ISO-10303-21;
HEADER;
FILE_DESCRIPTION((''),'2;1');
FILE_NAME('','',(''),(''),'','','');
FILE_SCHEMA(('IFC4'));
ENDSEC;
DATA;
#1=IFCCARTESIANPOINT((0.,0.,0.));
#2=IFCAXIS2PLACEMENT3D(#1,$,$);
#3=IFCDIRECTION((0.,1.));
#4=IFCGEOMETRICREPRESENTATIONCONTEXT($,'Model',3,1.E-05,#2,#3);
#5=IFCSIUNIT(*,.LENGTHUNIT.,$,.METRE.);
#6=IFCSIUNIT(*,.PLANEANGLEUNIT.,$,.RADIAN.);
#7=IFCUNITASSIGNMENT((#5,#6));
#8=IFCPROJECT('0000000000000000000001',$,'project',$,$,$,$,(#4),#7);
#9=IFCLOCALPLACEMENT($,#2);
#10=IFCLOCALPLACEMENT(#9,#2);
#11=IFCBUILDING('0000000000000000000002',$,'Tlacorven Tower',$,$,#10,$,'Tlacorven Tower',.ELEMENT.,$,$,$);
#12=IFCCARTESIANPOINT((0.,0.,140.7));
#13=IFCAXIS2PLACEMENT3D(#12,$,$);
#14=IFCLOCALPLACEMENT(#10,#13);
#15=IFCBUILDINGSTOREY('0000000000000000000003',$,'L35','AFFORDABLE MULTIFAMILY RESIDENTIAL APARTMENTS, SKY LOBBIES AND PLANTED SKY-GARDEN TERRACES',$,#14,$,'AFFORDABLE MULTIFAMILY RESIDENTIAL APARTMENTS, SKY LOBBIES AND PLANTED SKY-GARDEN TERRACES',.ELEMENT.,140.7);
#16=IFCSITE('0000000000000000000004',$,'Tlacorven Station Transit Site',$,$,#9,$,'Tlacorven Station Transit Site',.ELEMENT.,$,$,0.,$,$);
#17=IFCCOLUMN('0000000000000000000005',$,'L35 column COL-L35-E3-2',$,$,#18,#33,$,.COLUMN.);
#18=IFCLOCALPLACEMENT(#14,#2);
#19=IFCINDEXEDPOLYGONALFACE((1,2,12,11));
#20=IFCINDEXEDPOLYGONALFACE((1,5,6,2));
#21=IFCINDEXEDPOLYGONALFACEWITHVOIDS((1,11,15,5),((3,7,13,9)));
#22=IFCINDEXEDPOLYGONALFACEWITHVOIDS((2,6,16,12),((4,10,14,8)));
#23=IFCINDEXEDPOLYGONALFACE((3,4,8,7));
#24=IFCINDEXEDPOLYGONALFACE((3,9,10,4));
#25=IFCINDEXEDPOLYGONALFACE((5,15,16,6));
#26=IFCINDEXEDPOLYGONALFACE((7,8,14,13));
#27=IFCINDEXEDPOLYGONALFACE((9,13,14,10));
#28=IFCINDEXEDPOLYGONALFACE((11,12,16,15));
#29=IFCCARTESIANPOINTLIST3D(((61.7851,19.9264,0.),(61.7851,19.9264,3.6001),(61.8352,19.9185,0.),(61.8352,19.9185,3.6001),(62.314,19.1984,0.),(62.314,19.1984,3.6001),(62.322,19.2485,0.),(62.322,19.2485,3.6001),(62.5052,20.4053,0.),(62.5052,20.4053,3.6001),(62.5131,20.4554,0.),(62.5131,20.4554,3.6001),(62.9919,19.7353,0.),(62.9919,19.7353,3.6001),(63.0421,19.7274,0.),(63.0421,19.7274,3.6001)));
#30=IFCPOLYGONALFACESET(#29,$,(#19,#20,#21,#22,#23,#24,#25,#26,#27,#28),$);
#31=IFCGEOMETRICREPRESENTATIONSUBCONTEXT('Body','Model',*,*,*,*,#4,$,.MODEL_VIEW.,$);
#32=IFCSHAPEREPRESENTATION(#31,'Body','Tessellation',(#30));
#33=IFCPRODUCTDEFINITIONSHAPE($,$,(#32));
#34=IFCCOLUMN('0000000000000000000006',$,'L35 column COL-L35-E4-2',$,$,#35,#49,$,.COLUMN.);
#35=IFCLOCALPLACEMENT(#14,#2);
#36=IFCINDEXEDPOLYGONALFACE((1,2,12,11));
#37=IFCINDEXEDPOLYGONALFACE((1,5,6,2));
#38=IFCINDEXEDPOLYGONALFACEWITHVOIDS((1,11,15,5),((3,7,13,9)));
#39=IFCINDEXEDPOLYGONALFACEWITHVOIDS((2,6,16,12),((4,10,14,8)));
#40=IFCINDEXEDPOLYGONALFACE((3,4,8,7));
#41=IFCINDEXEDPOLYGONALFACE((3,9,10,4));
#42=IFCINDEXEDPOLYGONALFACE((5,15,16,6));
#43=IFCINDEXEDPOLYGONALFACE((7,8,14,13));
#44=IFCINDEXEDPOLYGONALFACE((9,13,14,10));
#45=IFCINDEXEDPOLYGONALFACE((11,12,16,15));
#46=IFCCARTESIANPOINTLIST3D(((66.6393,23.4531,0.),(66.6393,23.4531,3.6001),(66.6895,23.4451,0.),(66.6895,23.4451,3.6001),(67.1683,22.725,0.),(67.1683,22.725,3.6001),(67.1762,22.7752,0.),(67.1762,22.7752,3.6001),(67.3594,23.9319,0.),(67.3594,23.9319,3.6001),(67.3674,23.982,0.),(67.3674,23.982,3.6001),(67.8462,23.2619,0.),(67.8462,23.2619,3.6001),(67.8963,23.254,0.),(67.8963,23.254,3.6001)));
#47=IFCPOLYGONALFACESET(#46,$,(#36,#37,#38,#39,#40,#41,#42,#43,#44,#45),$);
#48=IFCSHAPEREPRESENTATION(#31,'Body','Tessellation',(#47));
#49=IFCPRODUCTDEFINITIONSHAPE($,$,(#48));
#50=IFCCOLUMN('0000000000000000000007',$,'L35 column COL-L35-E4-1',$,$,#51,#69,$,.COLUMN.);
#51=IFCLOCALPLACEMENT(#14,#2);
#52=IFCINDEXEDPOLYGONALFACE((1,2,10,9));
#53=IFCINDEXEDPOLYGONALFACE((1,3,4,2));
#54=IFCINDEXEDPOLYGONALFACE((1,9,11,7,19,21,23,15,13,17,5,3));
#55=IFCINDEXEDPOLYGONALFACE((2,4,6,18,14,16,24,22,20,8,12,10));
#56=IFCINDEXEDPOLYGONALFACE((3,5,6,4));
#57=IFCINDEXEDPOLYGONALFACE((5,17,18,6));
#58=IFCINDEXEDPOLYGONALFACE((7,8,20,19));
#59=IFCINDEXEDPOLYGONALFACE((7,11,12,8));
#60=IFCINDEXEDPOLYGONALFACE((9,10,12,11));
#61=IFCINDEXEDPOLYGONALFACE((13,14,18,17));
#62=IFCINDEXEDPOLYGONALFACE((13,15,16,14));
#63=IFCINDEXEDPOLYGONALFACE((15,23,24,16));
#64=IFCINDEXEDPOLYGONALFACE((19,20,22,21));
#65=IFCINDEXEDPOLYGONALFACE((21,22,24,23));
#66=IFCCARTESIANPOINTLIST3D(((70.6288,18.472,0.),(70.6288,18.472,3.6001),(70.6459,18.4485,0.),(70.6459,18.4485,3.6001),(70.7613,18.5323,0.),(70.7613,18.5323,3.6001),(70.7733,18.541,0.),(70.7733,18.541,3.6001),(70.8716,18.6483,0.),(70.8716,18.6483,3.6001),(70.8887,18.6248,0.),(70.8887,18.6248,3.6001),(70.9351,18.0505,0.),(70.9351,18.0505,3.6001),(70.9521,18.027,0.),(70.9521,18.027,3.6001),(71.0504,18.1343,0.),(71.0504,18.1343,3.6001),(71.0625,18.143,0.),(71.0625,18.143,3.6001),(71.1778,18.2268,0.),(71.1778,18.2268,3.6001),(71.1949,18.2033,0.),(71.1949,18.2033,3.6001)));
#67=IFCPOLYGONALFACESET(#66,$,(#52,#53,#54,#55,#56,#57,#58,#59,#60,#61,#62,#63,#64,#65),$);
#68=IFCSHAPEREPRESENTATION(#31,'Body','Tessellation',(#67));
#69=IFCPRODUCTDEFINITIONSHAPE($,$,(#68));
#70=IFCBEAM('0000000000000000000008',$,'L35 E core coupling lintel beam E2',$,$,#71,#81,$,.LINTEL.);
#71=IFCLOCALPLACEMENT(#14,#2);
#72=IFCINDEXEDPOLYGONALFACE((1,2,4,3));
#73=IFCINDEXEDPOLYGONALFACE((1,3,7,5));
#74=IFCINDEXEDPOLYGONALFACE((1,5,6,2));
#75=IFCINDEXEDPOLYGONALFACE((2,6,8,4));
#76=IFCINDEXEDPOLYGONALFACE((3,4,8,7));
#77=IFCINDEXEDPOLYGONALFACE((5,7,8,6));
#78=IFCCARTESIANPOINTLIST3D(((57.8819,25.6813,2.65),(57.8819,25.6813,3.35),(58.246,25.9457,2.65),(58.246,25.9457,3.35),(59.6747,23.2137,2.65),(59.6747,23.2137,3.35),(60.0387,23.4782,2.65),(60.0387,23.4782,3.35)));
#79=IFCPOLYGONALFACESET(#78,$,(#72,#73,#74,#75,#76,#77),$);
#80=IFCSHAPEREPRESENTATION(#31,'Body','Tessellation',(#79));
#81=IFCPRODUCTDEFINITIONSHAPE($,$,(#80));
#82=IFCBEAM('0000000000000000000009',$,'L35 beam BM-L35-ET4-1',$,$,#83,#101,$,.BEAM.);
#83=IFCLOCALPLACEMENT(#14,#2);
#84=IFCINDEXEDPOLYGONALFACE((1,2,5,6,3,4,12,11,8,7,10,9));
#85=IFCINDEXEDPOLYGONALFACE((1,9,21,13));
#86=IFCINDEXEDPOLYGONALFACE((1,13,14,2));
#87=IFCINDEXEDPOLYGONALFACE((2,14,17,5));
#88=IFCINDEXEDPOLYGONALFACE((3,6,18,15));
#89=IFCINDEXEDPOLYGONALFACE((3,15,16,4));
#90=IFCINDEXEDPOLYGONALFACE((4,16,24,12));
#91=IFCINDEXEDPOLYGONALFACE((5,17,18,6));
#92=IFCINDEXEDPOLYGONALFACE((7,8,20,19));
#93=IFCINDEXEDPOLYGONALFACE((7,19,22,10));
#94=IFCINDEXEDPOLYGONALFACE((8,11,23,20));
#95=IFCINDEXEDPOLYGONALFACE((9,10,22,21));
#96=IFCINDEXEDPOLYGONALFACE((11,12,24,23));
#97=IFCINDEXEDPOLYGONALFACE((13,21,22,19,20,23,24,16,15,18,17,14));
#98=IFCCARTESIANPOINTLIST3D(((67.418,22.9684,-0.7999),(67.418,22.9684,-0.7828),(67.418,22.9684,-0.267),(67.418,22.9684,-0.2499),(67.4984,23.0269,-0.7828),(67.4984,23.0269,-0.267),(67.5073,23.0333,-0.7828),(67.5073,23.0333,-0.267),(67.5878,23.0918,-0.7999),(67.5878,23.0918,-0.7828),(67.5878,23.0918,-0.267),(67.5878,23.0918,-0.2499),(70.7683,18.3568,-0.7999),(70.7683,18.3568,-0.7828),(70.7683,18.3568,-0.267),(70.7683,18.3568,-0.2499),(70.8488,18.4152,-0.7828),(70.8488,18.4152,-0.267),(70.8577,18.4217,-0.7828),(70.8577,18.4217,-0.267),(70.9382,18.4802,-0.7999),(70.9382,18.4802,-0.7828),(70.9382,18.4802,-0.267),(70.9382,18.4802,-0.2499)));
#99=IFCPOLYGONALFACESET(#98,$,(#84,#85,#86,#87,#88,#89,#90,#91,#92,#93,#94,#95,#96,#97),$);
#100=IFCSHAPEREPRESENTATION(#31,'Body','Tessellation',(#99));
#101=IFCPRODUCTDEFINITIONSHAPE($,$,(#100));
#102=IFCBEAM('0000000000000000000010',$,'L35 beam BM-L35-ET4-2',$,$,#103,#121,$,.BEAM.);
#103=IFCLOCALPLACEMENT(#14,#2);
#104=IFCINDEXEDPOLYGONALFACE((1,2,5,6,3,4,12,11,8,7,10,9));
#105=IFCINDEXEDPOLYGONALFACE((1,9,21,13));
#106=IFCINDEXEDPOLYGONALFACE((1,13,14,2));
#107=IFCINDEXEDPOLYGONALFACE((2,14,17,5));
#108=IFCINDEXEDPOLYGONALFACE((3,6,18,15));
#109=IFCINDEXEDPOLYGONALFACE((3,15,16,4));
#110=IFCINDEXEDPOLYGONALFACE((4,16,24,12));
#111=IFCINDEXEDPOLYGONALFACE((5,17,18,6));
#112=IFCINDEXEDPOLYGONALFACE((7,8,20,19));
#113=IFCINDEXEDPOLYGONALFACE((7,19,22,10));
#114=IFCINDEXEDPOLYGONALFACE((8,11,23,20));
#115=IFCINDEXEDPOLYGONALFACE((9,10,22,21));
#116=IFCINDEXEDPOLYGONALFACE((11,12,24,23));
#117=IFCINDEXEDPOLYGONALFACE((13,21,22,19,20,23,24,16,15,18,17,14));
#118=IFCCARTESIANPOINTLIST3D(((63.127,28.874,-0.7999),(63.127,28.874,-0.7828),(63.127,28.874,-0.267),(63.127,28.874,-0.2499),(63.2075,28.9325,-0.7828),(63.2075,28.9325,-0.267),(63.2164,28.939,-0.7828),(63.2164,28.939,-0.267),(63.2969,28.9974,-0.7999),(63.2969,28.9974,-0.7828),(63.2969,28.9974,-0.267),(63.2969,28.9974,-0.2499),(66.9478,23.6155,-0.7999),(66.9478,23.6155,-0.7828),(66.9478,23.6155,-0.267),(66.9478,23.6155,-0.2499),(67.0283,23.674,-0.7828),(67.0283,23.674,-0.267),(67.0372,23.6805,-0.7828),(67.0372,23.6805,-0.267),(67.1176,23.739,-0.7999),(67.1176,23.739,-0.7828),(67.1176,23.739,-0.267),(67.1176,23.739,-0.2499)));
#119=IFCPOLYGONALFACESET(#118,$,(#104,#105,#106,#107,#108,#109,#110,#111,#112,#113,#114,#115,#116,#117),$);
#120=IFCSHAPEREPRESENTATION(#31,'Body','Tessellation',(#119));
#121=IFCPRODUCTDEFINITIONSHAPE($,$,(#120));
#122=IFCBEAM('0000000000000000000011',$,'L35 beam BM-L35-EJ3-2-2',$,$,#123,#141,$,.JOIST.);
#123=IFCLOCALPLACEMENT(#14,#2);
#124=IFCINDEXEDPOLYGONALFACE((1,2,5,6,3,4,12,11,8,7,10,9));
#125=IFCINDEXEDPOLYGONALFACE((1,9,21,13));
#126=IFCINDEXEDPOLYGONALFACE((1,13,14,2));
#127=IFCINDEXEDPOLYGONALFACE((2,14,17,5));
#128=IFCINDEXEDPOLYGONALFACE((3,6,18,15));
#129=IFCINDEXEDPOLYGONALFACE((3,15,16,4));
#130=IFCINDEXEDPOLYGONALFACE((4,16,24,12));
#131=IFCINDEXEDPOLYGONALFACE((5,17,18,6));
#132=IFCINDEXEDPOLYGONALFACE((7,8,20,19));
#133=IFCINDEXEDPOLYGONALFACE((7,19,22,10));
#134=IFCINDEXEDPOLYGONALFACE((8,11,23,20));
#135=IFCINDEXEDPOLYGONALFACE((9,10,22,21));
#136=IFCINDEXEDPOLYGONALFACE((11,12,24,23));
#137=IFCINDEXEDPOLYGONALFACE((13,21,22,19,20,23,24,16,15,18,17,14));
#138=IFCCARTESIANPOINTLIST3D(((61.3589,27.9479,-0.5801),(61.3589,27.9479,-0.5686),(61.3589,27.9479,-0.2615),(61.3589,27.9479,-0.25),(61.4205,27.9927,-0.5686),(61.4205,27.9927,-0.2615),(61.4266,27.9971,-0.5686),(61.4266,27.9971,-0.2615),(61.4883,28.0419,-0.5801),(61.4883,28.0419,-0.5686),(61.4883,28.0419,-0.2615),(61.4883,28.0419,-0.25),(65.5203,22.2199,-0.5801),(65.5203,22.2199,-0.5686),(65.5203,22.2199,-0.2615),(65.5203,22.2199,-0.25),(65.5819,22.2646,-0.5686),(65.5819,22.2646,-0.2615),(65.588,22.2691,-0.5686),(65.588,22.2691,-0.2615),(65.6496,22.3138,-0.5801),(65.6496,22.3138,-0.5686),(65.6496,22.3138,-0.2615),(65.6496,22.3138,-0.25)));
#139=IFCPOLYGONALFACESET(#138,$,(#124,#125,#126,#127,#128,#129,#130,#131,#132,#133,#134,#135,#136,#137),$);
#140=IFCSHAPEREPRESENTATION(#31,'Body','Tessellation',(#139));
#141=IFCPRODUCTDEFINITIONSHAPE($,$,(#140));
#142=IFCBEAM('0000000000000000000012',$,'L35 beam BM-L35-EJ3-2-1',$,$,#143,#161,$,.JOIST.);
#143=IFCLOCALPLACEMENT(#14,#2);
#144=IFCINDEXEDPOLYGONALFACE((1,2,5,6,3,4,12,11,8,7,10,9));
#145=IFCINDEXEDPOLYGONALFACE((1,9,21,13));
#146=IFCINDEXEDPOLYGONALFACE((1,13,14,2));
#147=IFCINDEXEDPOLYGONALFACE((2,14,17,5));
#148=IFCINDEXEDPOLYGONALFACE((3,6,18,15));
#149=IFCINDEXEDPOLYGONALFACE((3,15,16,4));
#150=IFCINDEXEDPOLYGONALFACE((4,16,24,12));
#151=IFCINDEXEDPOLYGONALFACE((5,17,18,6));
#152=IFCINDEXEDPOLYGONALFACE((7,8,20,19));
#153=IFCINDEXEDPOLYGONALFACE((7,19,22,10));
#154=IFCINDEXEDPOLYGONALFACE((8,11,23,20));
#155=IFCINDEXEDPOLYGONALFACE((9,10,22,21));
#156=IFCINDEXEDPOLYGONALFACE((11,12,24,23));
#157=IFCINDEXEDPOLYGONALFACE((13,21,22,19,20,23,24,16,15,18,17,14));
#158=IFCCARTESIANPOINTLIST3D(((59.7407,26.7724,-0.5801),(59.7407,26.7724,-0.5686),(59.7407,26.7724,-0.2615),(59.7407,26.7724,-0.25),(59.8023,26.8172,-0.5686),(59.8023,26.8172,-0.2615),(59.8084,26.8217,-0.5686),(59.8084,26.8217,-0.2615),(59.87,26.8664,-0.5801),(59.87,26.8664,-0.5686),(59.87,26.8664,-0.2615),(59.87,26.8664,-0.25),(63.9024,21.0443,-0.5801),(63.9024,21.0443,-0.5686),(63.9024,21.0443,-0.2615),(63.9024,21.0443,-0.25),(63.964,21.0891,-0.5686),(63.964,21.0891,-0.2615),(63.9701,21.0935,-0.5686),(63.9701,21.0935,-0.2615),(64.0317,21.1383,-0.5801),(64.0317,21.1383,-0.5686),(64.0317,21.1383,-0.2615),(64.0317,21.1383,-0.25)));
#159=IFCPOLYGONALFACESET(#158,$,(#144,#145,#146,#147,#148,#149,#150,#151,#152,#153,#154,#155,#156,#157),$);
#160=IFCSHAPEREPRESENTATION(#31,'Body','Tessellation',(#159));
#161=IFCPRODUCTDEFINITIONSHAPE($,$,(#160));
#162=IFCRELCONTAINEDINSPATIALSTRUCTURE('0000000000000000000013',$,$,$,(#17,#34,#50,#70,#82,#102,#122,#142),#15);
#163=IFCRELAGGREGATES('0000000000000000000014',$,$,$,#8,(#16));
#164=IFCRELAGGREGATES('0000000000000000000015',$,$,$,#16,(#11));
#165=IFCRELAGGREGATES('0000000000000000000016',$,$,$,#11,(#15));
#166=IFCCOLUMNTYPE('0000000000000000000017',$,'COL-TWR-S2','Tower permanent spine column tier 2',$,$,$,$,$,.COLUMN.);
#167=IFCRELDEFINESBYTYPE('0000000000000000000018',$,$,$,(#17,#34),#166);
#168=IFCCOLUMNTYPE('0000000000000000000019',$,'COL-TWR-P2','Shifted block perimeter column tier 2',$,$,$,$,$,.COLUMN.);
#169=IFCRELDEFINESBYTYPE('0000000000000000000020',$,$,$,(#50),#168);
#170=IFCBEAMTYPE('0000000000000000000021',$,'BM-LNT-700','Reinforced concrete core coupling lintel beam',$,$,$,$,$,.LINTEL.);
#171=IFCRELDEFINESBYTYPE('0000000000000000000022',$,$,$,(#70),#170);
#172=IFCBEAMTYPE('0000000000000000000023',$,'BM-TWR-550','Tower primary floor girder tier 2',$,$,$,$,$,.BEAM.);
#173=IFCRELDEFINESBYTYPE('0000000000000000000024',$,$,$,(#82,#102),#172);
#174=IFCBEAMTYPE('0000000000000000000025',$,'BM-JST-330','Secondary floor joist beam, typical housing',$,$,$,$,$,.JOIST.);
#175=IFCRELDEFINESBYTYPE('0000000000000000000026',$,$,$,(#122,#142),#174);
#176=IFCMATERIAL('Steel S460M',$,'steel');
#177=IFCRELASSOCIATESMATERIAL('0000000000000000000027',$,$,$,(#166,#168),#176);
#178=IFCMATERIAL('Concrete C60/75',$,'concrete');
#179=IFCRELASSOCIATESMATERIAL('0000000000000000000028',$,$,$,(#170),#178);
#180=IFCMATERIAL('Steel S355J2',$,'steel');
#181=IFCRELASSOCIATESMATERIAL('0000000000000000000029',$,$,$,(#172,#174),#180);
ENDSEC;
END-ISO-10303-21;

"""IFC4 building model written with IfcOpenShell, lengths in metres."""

from ifc_helpers import new_model, si_unit, direction, frame, origin, origin_2d, place, context, subcontext, project, spatial, rectangle, hollow_rectangle, i_section, extrude, source, transform, mapped, material, material_profile, profile_set, type_object, element, save


model = new_model("IFC4")

# Units and contexts
model_context = context("Model", 3, precision=1e-05, world=origin(), true_north=direction((0.0, 1.0)))
body_context = subcontext(model_context, "Body", "Model", "MODEL_VIEW")
ifc_project = project(units=[si_unit("LENGTHUNIT", "METRE"), si_unit("PLANEANGLEUNIT", "RADIAN")], contexts=[model_context])

# Site, building, storey
site_placement = place(None, origin())
site = spatial("IfcSite", under=ifc_project, at=site_placement, Name="Tlacorven Station Transit Site", LongName="Tlacorven Station Transit Site", CompositionType="ELEMENT", RefElevation=0.0)
building_placement = place(site_placement, origin())
building = spatial("IfcBuilding", under=site, at=building_placement, Name="Tlacorven Tower", LongName="Tlacorven Tower", CompositionType="ELEMENT")
storey_placement = place(building_placement, frame((0.0, 0.0, 140.7)))
storey = spatial("IfcBuildingStorey", under=building, at=storey_placement, Name="L35", Description="AFFORDABLE MULTIFAMILY RESIDENTIAL APARTMENTS, SKY LOBBIES AND PLANTED SKY-GARDEN TERRACES", LongName="AFFORDABLE MULTIFAMILY RESIDENTIAL APARTMENTS, SKY LOBBIES AND PLANTED SKY-GARDEN TERRACES", CompositionType="ELEMENT", Elevation=140.7)

# Columns
ifc_material_1 = material(Name="Steel S460M", Category="steel")
ifc_material_profile_1 = material_profile(ifc_material_1, hollow_rectangle(XDim=0.8999, YDim=0.8999, WallThickness=0.0359, at=origin_2d()), Name="BOX 900X900X36")
ifc_profile_set_1 = profile_set([ifc_material_profile_1], Name="Steel S460M")
column_type_1 = type_object("IfcColumnType", Name="COL-TWR-S2", Description="Tower permanent spine column tier 2", PredefinedType="COLUMN", material=ifc_profile_set_1)
shared_shape_1 = source(origin(), body_context, "Body", "SweptSolid", [
    extrude(hollow_rectangle(XDim=0.8999, YDim=0.8999, WallThickness=0.0359, at=origin_2d()), origin(), (0.0, 0.0, 1.0), 3.6001),
])
for number, where, z_axis, x_axis, name in (
    (1, (62.4136, 19.8269, 0.0), (0.0, 0.0, 1.0), (0.809017, 0.587785, 0.0), "L35 column COL-L35-E3-2"),
    (2, (67.2678, 23.3535, 0.0), (0.0, 0.0, 1.0), (0.809017, 0.587785, 0.0), "L35 column COL-L35-E4-2"),
):
    element("IfcColumn", number, at=place(storey_placement, frame(where, z_axis=z_axis, x_axis=x_axis)), inside=storey, type_object=column_type_1, Name=name, PredefinedType="COLUMN", context=body_context, shape_type="MappedRepresentation", body=[
        mapped(shared_shape_1, transform((0.0, 0.0, 0.0), scale=1.0)),
    ])
ifc_material_profile_2 = material_profile(ifc_material_1, i_section(OverallWidth=0.3, OverallDepth=0.55, WebThickness=0.0149, FlangeThickness=0.0291, at=origin_2d()), Name="HEB 550")
ifc_profile_set_2 = profile_set([ifc_material_profile_2], Name="Steel S460M")
column_type_2 = type_object("IfcColumnType", Name="COL-TWR-P2", Description="Shifted block perimeter column tier 2", PredefinedType="COLUMN", material=ifc_profile_set_2)
shared_shape_2 = source(origin(), body_context, "Body", "SweptSolid", [
    extrude(i_section(OverallWidth=0.3, OverallDepth=0.55, WebThickness=0.0149, FlangeThickness=0.0291, at=origin_2d()), origin(), (0.0, 0.0, 1.0), 3.6001),
])
column_placement = place(storey_placement, frame((70.9119, 18.3376, 0.0), z_axis=(0.0, 0.0, 1.0), x_axis=(0.809017, 0.587785, 0.0)))
element("IfcColumn", 3, at=column_placement, inside=storey, type_object=column_type_2, Name="L35 column COL-L35-E4-1", PredefinedType="COLUMN", context=body_context, shape_type="MappedRepresentation", body=[
    mapped(shared_shape_2, transform((0.0, 0.0, 0.0), scale=1.0)),
])

# Beams
ifc_material_2 = material(Name="Concrete C60/75", Category="concrete")
ifc_material_profile_3 = material_profile(ifc_material_2, rectangle(XDim=0.45, YDim=0.7, at=origin_2d()), Name="RC 450X700")
ifc_profile_set_3 = profile_set([ifc_material_profile_3], Name="Concrete C60/75")
beam_type_1 = type_object("IfcBeamType", Name="BM-LNT-700", Description="Reinforced concrete core coupling lintel beam", PredefinedType="LINTEL", material=ifc_profile_set_3)
shared_shape_3 = source(origin(), body_context, "Body", "SweptSolid", [
    extrude(rectangle(XDim=0.45, YDim=0.7, at=origin_2d()), origin(), (0.0, 0.0, 1.0), 3.05),
])
beam_1_placement = place(storey_placement, frame((59.8567, 23.3459, 3.0), z_axis=(-0.587777, 0.809023, 0.0), x_axis=(-0.809023, -0.587777, 0.0)))
element("IfcBeam", 4, at=beam_1_placement, inside=storey, type_object=beam_type_1, Name="L35 E core coupling lintel beam E2", PredefinedType="LINTEL", context=body_context, shape_type="MappedRepresentation", body=[
    mapped(shared_shape_3, transform((0.0, 0.0, 0.0), scale=1.0)),
])
ifc_material_3 = material(Name="Steel S355J2", Category="steel")
ifc_material_profile_4 = material_profile(ifc_material_3, i_section(OverallWidth=0.21, OverallDepth=0.55, WebThickness=0.011, FlangeThickness=0.0171, at=origin_2d()), Name="IPE 550")
ifc_profile_set_4 = profile_set([ifc_material_profile_4], Name="Steel S355J2")
beam_type_2 = type_object("IfcBeamType", Name="BM-TWR-550", Description="Tower primary floor girder tier 2", PredefinedType="BEAM", material=ifc_profile_set_4)
shared_shape_4 = source(origin(), body_context, "Body", "SweptSolid", [
    extrude(i_section(OverallWidth=0.21, OverallDepth=0.55, WebThickness=0.011, FlangeThickness=0.0171, at=origin_2d()), origin(), (0.0, 0.0, 1.0), 5.7002),
])
beam_2_placement = place(storey_placement, frame((70.8533, 18.4185, -0.5249), z_axis=(-0.587767, 0.80903, 0.0), x_axis=(-0.80903, -0.587767, 0.0)))
element("IfcBeam", 5, at=beam_2_placement, inside=storey, type_object=beam_type_2, Name="L35 beam BM-L35-ET4-1", PredefinedType="BEAM", context=body_context, shape_type="MappedRepresentation", body=[
    mapped(shared_shape_4, transform((0.0, 0.0, 0.0), scale=1.0)),
])
shared_shape_5 = source(origin(), body_context, "Body", "SweptSolid", [
    extrude(i_section(OverallWidth=0.21, OverallDepth=0.55, WebThickness=0.011, FlangeThickness=0.0171, at=origin_2d()), origin(), (0.0, 0.0, 1.0), 6.5),
])
beam_3_placement = place(storey_placement, frame((67.0327, 23.6772, -0.5249), z_axis=(-0.58781, 0.808999, 0.0), x_axis=(-0.808999, -0.58781, 0.0)))
element("IfcBeam", 6, at=beam_3_placement, inside=storey, type_object=beam_type_2, Name="L35 beam BM-L35-ET4-2", PredefinedType="BEAM", context=body_context, shape_type="MappedRepresentation", body=[
    mapped(shared_shape_5, transform((0.0, 0.0, 0.0), scale=1.0)),
])
ifc_material_profile_5 = material_profile(ifc_material_3, i_section(OverallWidth=0.1599, OverallDepth=0.3301, WebThickness=0.0076, FlangeThickness=0.0115, at=origin_2d()), Name="IPE 330")
ifc_profile_set_5 = profile_set([ifc_material_profile_5], Name="Steel S355J2")
beam_type_3 = type_object("IfcBeamType", Name="BM-JST-330", Description="Secondary floor joist beam, typical housing", PredefinedType="JOIST", material=ifc_profile_set_5)
shared_shape_6 = source(origin(), body_context, "Body", "SweptSolid", [
    extrude(i_section(OverallWidth=0.1599, OverallDepth=0.3301, WebThickness=0.0076, FlangeThickness=0.0115, at=origin_2d()), origin(), (0.0, 0.0, 1.0), 7.0801),
])
beam_4_placement = place(storey_placement, frame((65.585, 22.2668, -0.415), z_axis=(-0.58776, 0.809036, 0.0), x_axis=(-0.809036, -0.58776, 0.0)))
element("IfcBeam", 7, at=beam_4_placement, inside=storey, type_object=beam_type_3, Name="L35 beam BM-L35-EJ3-2-2", PredefinedType="JOIST", context=body_context, shape_type="MappedRepresentation", body=[
    mapped(shared_shape_6, transform((0.0, 0.0, 0.0), scale=1.0)),
])
shared_shape_7 = source(origin(), body_context, "Body", "SweptSolid", [
    extrude(i_section(OverallWidth=0.1599, OverallDepth=0.3301, WebThickness=0.0076, FlangeThickness=0.0115, at=origin_2d()), origin(), (0.0, 0.0, 1.0), 7.0803),
])
beam_5_placement = place(storey_placement, frame((63.967, 21.0913, -0.415), z_axis=(-0.587782, 0.809019, 0.0), x_axis=(-0.809019, -0.587782, 0.0)))
element("IfcBeam", 8, at=beam_5_placement, inside=storey, type_object=beam_type_3, Name="L35 beam BM-L35-EJ3-2-1", PredefinedType="JOIST", context=body_context, shape_type="MappedRepresentation", body=[
    mapped(shared_shape_7, transform((0.0, 0.0, 0.0), scale=1.0)),
])

save(model, "model.ifc")
